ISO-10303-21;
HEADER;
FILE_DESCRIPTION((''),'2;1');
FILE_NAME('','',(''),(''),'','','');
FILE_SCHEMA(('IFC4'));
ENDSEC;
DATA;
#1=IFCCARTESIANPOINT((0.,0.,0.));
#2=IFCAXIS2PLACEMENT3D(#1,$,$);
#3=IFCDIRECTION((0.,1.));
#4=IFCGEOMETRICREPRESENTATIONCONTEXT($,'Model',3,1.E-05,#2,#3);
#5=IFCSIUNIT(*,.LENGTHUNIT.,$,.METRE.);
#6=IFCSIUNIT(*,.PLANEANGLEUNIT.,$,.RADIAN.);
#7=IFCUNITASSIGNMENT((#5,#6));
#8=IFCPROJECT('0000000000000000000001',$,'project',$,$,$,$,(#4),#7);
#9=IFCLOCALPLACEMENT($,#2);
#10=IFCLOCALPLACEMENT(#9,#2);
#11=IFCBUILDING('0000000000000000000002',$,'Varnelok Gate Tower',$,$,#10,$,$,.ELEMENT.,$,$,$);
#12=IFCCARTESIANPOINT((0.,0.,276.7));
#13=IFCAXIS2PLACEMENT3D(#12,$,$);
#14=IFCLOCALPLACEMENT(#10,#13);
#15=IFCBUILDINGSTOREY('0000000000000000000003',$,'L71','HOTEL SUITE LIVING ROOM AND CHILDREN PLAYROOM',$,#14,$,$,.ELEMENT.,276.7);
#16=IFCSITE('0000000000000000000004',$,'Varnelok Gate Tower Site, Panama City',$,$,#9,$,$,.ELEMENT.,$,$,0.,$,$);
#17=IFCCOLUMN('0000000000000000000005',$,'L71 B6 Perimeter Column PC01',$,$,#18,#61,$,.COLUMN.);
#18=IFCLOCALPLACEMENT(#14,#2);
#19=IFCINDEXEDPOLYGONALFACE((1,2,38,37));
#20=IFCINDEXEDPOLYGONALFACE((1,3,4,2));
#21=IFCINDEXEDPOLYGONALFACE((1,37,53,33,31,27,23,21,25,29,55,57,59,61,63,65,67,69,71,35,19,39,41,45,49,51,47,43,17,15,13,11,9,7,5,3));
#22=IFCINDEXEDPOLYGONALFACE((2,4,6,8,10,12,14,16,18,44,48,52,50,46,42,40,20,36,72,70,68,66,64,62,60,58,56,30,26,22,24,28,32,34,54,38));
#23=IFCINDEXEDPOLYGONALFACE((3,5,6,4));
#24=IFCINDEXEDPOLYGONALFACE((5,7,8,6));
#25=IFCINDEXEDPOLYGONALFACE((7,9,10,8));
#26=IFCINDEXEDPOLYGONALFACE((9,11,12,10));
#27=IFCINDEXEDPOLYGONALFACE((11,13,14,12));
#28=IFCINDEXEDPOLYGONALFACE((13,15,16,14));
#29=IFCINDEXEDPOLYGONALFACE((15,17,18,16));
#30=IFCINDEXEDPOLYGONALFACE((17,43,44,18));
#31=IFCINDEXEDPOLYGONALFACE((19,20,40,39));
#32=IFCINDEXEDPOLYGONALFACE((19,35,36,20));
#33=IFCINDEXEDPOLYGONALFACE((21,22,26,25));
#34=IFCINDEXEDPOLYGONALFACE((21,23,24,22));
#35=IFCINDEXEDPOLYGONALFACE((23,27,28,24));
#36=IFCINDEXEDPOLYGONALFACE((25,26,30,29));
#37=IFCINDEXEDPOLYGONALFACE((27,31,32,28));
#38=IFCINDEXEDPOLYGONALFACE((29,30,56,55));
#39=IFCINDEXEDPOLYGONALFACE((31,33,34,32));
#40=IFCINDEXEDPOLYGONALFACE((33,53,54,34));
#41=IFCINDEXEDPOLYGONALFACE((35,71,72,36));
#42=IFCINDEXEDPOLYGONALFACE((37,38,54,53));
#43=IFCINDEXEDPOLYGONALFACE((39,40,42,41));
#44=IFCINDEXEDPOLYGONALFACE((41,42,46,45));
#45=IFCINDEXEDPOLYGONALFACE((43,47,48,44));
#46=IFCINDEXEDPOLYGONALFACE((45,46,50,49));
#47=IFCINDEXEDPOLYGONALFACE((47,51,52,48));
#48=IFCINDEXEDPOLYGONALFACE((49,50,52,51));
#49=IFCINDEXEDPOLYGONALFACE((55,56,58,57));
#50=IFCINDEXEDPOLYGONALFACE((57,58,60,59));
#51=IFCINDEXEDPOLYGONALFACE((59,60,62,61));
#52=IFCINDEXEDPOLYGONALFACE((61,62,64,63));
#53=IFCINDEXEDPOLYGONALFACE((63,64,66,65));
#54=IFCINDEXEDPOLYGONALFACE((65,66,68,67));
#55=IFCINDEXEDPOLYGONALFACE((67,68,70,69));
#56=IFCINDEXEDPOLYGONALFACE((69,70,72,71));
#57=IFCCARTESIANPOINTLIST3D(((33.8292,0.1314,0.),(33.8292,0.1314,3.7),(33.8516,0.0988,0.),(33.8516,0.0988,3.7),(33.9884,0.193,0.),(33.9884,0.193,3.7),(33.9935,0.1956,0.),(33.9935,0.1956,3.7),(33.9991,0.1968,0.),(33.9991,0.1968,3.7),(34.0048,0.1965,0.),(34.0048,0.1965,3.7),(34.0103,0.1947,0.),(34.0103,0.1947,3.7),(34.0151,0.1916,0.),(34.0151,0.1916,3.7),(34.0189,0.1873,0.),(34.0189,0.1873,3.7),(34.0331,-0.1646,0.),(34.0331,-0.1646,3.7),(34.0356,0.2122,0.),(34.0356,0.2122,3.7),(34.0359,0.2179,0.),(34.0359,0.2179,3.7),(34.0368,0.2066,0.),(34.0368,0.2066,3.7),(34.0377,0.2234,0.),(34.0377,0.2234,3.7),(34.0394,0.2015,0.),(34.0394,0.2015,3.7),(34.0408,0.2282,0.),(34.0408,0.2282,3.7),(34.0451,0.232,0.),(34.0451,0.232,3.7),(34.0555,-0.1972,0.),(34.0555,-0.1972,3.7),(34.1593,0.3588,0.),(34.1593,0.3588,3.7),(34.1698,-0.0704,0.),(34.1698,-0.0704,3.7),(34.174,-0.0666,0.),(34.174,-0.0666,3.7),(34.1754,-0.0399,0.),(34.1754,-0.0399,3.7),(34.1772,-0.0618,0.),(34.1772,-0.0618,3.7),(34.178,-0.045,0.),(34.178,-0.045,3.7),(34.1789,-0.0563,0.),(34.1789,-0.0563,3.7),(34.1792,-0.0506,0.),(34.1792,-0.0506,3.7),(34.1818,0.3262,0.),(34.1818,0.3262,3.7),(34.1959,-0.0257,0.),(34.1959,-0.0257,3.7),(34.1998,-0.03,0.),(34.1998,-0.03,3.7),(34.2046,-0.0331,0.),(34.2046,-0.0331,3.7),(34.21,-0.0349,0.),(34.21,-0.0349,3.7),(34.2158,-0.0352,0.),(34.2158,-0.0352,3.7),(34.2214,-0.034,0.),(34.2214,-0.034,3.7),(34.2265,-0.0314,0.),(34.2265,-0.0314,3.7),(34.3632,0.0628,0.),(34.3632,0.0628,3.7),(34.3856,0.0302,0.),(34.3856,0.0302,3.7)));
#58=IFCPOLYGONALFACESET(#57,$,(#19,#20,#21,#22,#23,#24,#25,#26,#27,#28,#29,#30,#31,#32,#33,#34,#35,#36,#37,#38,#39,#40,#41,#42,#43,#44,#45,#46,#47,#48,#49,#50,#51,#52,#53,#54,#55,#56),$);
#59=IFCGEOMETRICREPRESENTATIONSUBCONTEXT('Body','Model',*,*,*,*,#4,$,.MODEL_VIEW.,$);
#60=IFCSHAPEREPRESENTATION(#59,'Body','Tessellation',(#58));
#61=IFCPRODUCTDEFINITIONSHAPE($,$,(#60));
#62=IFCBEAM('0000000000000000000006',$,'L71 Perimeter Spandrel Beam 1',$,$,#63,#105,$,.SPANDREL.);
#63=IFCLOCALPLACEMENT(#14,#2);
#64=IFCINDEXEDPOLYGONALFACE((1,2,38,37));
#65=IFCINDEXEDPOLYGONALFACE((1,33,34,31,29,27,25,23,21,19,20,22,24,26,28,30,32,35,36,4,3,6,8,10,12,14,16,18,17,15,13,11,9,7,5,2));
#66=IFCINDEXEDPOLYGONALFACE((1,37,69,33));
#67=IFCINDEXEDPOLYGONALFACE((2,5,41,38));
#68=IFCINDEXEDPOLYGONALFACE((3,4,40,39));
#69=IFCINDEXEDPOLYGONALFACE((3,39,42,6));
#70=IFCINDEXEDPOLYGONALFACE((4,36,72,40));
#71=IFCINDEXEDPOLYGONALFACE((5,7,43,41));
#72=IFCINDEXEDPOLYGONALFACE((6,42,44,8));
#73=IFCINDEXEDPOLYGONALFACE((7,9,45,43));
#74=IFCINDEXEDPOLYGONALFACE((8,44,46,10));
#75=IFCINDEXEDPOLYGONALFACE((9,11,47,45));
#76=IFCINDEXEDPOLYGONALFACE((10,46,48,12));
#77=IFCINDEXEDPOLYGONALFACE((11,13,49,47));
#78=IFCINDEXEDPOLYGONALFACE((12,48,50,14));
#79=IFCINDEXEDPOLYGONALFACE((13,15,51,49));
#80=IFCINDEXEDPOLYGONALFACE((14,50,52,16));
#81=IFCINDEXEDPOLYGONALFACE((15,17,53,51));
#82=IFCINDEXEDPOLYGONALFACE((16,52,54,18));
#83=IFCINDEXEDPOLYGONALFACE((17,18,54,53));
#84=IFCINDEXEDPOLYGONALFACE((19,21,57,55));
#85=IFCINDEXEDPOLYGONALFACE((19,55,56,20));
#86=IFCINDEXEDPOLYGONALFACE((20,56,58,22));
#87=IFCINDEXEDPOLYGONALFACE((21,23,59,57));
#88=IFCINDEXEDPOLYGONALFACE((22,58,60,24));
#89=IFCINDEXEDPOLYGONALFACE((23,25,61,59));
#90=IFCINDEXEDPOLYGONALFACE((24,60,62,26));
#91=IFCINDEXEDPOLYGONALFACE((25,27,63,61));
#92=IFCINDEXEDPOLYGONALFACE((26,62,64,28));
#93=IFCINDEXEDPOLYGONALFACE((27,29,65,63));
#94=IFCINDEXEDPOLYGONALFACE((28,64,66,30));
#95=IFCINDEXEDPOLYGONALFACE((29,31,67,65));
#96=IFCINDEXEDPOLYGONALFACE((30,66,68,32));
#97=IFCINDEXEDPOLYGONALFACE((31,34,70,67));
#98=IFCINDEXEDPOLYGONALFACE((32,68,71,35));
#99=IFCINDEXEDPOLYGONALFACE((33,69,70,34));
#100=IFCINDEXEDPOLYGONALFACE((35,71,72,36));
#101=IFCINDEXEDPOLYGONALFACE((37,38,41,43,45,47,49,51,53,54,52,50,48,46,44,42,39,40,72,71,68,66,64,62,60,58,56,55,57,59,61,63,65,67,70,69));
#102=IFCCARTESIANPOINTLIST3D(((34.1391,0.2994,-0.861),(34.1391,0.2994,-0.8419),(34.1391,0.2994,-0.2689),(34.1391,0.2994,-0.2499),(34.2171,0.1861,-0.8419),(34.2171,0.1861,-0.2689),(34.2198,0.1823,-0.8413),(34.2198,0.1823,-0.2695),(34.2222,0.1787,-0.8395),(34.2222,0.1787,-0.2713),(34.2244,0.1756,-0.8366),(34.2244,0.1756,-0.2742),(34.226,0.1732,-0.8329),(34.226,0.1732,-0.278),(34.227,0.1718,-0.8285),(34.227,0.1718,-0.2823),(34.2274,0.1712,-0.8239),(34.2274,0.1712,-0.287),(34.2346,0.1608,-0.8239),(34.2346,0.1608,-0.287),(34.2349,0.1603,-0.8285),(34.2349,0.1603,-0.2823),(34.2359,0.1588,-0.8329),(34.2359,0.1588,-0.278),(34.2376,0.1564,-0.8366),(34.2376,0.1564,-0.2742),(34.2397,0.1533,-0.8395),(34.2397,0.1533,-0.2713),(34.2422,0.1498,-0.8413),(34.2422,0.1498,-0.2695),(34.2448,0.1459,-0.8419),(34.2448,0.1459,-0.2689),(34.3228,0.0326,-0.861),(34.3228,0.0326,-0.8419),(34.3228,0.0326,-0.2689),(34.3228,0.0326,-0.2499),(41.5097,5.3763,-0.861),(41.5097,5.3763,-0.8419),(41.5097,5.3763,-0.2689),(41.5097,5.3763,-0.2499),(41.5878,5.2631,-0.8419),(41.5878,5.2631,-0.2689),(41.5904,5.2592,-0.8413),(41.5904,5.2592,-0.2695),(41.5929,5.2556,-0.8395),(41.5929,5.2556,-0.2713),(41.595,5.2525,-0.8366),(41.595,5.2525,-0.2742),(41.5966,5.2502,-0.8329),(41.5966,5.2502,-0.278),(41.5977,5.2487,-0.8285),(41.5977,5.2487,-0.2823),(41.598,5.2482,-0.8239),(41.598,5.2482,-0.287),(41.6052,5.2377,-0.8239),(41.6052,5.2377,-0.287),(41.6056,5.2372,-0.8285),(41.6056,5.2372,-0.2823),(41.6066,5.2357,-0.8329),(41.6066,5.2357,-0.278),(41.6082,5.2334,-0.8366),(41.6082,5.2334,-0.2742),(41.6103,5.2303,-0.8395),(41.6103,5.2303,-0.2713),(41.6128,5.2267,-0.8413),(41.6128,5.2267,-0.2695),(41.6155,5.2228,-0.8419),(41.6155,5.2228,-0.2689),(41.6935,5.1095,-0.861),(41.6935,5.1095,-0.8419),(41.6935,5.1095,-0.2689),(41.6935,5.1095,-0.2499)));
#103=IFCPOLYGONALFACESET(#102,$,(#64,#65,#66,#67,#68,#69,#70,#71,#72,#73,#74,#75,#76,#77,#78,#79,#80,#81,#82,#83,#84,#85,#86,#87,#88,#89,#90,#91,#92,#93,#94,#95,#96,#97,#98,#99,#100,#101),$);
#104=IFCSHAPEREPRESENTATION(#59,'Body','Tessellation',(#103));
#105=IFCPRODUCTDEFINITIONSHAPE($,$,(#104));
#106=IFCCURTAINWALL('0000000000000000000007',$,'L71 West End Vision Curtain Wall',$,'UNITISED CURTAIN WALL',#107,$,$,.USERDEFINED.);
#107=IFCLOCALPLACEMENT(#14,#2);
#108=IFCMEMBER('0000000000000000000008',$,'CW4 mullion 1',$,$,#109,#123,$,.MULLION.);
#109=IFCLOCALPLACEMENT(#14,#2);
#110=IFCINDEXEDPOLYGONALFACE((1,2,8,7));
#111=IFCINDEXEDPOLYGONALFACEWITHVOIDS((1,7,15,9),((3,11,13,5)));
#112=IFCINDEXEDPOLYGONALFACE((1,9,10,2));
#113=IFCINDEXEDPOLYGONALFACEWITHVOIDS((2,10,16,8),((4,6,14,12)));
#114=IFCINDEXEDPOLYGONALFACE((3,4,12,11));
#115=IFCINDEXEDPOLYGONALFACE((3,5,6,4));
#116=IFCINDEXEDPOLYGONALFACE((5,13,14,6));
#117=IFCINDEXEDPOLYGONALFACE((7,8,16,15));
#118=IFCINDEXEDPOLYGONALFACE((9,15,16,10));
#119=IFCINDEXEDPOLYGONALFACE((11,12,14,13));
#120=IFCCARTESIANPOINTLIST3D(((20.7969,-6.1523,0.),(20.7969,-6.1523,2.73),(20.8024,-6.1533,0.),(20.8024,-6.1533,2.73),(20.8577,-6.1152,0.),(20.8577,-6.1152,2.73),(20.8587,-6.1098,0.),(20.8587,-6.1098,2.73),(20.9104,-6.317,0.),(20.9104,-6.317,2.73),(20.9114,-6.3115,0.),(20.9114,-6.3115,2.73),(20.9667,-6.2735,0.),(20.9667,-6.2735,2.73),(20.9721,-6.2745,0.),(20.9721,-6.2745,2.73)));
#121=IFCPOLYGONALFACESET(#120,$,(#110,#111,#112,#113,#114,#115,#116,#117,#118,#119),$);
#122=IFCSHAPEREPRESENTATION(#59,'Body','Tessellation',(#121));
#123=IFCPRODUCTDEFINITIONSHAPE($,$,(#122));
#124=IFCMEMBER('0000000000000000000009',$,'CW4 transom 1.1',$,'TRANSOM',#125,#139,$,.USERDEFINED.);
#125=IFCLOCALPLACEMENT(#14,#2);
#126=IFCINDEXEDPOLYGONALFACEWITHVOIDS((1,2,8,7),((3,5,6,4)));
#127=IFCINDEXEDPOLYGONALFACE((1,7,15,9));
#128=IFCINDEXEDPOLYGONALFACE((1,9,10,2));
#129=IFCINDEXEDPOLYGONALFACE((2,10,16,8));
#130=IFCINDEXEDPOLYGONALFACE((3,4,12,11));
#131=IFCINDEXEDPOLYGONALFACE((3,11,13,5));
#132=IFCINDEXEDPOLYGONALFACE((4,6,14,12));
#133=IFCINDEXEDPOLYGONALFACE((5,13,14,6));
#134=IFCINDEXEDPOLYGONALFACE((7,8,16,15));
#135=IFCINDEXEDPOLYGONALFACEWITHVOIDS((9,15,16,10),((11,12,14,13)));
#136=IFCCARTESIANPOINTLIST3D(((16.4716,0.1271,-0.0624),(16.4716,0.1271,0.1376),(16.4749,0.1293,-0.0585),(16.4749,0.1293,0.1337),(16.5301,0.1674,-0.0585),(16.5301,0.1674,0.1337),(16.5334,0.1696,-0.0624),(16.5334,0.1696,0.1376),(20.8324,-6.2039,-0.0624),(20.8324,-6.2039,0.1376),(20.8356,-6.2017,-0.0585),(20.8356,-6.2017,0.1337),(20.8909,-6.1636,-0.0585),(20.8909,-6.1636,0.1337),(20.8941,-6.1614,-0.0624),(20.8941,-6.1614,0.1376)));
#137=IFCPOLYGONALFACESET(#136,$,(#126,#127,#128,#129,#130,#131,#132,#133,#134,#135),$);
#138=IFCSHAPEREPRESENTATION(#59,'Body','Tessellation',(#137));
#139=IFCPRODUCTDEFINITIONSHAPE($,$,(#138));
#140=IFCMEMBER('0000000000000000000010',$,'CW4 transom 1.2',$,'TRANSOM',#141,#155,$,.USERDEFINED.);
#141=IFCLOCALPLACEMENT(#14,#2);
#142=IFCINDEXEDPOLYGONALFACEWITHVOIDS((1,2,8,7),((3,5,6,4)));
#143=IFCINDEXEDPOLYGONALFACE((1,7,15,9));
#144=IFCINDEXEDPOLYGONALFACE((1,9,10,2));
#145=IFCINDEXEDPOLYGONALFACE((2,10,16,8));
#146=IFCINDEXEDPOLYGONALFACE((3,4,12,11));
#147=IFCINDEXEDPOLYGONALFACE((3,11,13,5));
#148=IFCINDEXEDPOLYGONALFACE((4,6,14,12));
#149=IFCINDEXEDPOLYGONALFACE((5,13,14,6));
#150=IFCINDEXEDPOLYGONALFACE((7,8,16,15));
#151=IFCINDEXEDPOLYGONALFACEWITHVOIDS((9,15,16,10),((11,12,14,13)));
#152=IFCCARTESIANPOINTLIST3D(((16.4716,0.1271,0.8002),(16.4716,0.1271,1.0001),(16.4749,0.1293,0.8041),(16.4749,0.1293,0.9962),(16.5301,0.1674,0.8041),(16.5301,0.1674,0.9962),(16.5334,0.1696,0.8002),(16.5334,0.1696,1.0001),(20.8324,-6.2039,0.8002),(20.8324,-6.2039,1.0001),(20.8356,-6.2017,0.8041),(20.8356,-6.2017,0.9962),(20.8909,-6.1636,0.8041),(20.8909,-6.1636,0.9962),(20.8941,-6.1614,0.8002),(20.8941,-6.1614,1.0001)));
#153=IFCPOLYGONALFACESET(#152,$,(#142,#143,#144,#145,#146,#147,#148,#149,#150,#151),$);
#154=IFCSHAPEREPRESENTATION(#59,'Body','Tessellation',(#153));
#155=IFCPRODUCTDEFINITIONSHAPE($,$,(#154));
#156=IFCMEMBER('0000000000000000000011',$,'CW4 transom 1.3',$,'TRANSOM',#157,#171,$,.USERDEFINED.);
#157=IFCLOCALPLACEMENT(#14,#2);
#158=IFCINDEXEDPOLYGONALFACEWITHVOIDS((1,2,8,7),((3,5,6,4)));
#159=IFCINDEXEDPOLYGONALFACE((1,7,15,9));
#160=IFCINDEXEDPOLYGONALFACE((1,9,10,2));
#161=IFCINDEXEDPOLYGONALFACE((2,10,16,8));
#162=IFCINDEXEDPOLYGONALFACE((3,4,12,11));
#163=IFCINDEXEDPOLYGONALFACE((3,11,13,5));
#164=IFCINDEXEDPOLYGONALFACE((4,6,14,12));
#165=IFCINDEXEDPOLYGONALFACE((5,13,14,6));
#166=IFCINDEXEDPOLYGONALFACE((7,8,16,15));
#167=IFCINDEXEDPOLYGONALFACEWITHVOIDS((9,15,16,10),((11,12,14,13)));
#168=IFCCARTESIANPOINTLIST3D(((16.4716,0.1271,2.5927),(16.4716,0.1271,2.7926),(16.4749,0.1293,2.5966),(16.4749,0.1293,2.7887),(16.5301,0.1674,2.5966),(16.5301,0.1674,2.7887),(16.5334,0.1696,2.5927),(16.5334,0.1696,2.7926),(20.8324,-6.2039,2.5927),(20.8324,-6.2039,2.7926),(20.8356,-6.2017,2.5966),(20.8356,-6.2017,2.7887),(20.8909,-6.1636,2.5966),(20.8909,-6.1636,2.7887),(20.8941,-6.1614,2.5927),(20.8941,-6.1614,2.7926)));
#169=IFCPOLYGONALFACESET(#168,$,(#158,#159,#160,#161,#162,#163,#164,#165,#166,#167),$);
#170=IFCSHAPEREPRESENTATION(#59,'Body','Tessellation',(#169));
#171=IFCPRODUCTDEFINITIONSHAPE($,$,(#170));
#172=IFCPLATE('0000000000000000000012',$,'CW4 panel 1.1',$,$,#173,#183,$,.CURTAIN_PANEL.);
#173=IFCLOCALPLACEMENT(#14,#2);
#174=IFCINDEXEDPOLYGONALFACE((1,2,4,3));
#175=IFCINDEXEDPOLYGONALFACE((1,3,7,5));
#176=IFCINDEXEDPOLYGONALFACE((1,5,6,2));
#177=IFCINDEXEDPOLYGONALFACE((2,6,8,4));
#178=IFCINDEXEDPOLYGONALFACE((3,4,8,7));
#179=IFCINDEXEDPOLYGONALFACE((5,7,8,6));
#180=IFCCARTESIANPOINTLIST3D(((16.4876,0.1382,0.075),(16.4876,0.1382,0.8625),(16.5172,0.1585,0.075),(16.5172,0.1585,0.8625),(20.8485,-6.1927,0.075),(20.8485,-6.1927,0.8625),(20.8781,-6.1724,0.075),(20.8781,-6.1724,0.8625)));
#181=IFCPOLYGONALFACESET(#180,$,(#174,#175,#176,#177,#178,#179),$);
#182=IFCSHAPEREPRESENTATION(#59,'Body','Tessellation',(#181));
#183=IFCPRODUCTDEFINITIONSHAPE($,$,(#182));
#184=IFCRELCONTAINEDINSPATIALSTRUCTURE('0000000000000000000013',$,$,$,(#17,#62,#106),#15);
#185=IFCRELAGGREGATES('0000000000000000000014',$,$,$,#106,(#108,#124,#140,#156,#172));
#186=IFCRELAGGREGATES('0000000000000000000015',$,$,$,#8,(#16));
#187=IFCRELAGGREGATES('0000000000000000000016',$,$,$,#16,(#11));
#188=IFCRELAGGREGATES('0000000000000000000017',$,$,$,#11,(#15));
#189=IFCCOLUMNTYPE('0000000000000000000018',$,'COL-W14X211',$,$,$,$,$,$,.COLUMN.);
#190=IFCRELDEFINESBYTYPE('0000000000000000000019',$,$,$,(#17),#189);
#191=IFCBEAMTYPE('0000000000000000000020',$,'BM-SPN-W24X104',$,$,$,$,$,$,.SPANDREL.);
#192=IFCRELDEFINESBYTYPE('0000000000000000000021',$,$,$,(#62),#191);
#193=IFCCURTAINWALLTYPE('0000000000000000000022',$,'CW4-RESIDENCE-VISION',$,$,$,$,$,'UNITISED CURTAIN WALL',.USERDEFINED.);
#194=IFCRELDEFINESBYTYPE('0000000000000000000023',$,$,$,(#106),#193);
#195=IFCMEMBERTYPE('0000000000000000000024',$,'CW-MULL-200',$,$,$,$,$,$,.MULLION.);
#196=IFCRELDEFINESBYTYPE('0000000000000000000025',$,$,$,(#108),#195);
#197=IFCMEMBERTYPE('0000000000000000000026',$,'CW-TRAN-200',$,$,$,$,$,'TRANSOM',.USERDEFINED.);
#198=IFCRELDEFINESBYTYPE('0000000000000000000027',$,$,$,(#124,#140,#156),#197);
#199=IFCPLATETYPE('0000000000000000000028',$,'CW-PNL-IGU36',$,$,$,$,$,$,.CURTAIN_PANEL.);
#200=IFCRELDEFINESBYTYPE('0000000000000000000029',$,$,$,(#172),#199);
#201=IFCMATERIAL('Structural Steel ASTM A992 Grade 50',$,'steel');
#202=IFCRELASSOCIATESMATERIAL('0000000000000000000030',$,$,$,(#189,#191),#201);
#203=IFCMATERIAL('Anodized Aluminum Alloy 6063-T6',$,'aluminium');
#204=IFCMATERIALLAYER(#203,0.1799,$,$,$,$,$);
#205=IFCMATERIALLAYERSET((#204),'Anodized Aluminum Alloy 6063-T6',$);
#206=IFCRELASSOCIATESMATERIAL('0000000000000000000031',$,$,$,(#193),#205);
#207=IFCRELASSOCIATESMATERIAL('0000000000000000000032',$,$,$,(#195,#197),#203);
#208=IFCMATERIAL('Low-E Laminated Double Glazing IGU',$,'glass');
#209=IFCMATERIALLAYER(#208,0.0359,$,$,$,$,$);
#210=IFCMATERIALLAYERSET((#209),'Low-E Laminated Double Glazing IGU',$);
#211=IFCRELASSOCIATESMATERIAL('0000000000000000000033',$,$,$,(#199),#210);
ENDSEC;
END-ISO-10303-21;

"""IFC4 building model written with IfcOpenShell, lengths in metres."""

from ifc_helpers import new_model, si_unit, direction, frame, origin, origin_2d, place, context, subcontext, project, spatial, rectangle, hollow_rectangle, i_section, extrude, source, transform, mapped, material, layer, layer_set, material_profile, profile_set, type_object, element, aggregate, save


model = new_model("IFC4")

# Units and contexts
model_context = context("Model", 3, precision=1e-05, world=origin(), true_north=direction((0.0, 1.0)))
body_context = subcontext(model_context, "Body", "Model", "MODEL_VIEW")
ifc_project = project(units=[si_unit("LENGTHUNIT", "METRE"), si_unit("PLANEANGLEUNIT", "RADIAN")], contexts=[model_context])

# Site, building, storey
site_placement = place(None, origin())
site = spatial("IfcSite", under=ifc_project, at=site_placement, Name="Varnelok Gate Tower Site, Panama City", CompositionType="ELEMENT", RefElevation=0.0)
building_placement = place(site_placement, origin())
building = spatial("IfcBuilding", under=site, at=building_placement, Name="Varnelok Gate Tower", CompositionType="ELEMENT")
storey_placement = place(building_placement, frame((0.0, 0.0, 276.7)))
storey = spatial("IfcBuildingStorey", under=building, at=storey_placement, Name="L71", Description="HOTEL SUITE LIVING ROOM AND CHILDREN PLAYROOM", CompositionType="ELEMENT", Elevation=276.7)

# Column
ifc_material_1 = material(Name="Structural Steel ASTM A992 Grade 50", Category="steel")
ifc_material_profile_1 = material_profile(ifc_material_1, i_section(OverallWidth=0.4009, OverallDepth=0.3989, WebThickness=0.0249, FlangeThickness=0.0396, FilletRadius=0.022, at=origin_2d()), Name="W14X211")
ifc_profile_set_1 = profile_set([ifc_material_profile_1], Name="Structural Steel ASTM A992 Grade 50")
column_type = type_object("IfcColumnType", Name="COL-W14X211", PredefinedType="COLUMN", material=ifc_profile_set_1)
column_placement = place(storey_placement, frame((34.1074, 0.0808, 0.0), z_axis=(0.0, 0.0, 1.0), x_axis=(0.823533, 0.567269, 0.0)))
element("IfcColumn", 1, at=column_placement, inside=storey, type_object=column_type, Name="L71 B6 Perimeter Column PC01", PredefinedType="COLUMN", context=body_context, shape_type="SweptSolid", body=[
    extrude(i_section(OverallWidth=0.4009, OverallDepth=0.3989, WebThickness=0.0249, FlangeThickness=0.0396, FilletRadius=0.022, at=origin_2d()), origin(), (0.0, 0.0, 1.0), 3.7),
])

# Beam
ifc_material_profile_2 = material_profile(ifc_material_1, i_section(OverallWidth=0.324, OverallDepth=0.6111, WebThickness=0.0127, FlangeThickness=0.019, FilletRadius=0.0181, at=origin_2d()), Name="W24X104")
ifc_profile_set_2 = profile_set([ifc_material_profile_2], Name="Structural Steel ASTM A992 Grade 50")
beam_type = type_object("IfcBeamType", Name="BM-SPN-W24X104", PredefinedType="SPANDREL", material=ifc_profile_set_2)
beam_placement = place(storey_placement, frame((34.231, 0.166, -0.5554), z_axis=(0.82354, 0.567258, 0.0), x_axis=(-0.567258, 0.82354, 0.0)))
element("IfcBeam", 2, at=beam_placement, inside=storey, type_object=beam_type, Name="L71 Perimeter Spandrel Beam 1", PredefinedType="SPANDREL", context=body_context, shape_type="SweptSolid", body=[
    extrude(i_section(OverallWidth=0.324, OverallDepth=0.6111, WebThickness=0.0127, FlangeThickness=0.019, FilletRadius=0.0181, at=origin_2d()), origin(), (0.0, 0.0, 1.0), 8.95),
])

# Curtain wall, members, plate
ifc_material_2 = material(Name="Anodized Aluminum Alloy 6063-T6", Category="aluminium")
ifc_layer_1 = layer(ifc_material_2, 0.1799)
ifc_layer_set_1 = layer_set([ifc_layer_1], Name="Anodized Aluminum Alloy 6063-T6")
curtain_wall_type = type_object("IfcCurtainWallType", Name="CW4-RESIDENCE-VISION", ElementType="UNITISED CURTAIN WALL", PredefinedType="USERDEFINED", material=ifc_layer_set_1)
curtain_wall_placement = place(storey_placement, origin())
curtain_wall = element("IfcCurtainWall", 3, at=curtain_wall_placement, inside=storey, type_object=curtain_wall_type, Name="L71 West End Vision Curtain Wall", ObjectType="UNITISED CURTAIN WALL", PredefinedType="USERDEFINED")
ifc_material_profile_3 = material_profile(ifc_material_2, hollow_rectangle(XDim=0.075, YDim=0.2, WallThickness=0.0039, at=origin_2d()), Name="ALU200X75X4")
ifc_profile_set_3 = profile_set([ifc_material_profile_3], Name="Anodized Aluminum Alloy 6063-T6")
member_type_1 = type_object("IfcMemberType", Name="CW-MULL-200", PredefinedType="MULLION", material=ifc_profile_set_3)
member_1_placement = place(storey_placement, frame((20.8845, -6.2134, 0.0), z_axis=(0.0, 0.0, 1.0), x_axis=(-0.823532, -0.567269, 0.0)))
member_1 = element("IfcMember", 4, at=member_1_placement, type_object=member_type_1, Name="CW4 mullion 1", PredefinedType="MULLION", context=body_context, shape_type="SweptSolid", body=[
    extrude(hollow_rectangle(XDim=0.075, YDim=0.2, WallThickness=0.0039, at=origin_2d()), origin(), (0.0, 0.0, 1.0), 2.73),
])
ifc_material_profile_4 = material_profile(ifc_material_2, hollow_rectangle(XDim=0.075, YDim=0.2, WallThickness=0.0039, at=origin_2d()), Name="ALU200X75X4")
ifc_profile_set_4 = profile_set([ifc_material_profile_4], Name="Anodized Aluminum Alloy 6063-T6")
member_type_2 = type_object("IfcMemberType", Name="CW-TRAN-200", ElementType="TRANSOM", PredefinedType="USERDEFINED", material=ifc_profile_set_4)
member_2_placement = place(storey_placement, frame((20.8633, -6.1826, 0.0376), z_axis=(-0.567256, 0.823541, 0.0), x_axis=(-0.823541, -0.567256, 0.0)))
member_2 = element("IfcMember", 5, at=member_2_placement, type_object=member_type_2, Name="CW4 transom 1.1", ObjectType="TRANSOM", PredefinedType="USERDEFINED", context=body_context, shape_type="SweptSolid", body=[
    extrude(hollow_rectangle(XDim=0.075, YDim=0.2, WallThickness=0.0039, at=origin_2d()), origin(), (0.0, 0.0, 1.0), 7.6875),
])
member_3_placement = place(storey_placement, frame((20.8633, -6.1826, 0.9001), z_axis=(-0.567256, 0.823541, 0.0), x_axis=(-0.823541, -0.567256, 0.0)))
member_3 = element("IfcMember", 6, at=member_3_placement, type_object=member_type_2, Name="CW4 transom 1.2", ObjectType="TRANSOM", PredefinedType="USERDEFINED", context=body_context, shape_type="SweptSolid", body=[
    extrude(hollow_rectangle(XDim=0.075, YDim=0.2, WallThickness=0.0039, at=origin_2d()), origin(), (0.0, 0.0, 1.0), 7.6875),
])
member_4_placement = place(storey_placement, frame((20.8633, -6.1826, 2.6926), z_axis=(-0.567256, 0.823541, 0.0), x_axis=(-0.823541, -0.567256, 0.0)))
member_4 = element("IfcMember", 7, at=member_4_placement, type_object=member_type_2, Name="CW4 transom 1.3", ObjectType="TRANSOM", PredefinedType="USERDEFINED", context=body_context, shape_type="SweptSolid", body=[
    extrude(hollow_rectangle(XDim=0.075, YDim=0.2, WallThickness=0.0039, at=origin_2d()), origin(), (0.0, 0.0, 1.0), 7.6875),
])
ifc_material_3 = material(Name="Low-E Laminated Double Glazing IGU", Category="glass")
ifc_layer_2 = layer(ifc_material_3, 0.0359)
ifc_layer_set_2 = layer_set([ifc_layer_2], Name="Low-E Laminated Double Glazing IGU")
plate_type = type_object("IfcPlateType", Name="CW-PNL-IGU36", PredefinedType="CURTAIN_PANEL", material=ifc_layer_set_2)
shared_shape_1 = source(origin(), body_context, "Body", "SweptSolid", [
    extrude(rectangle(XDim=7.6875, YDim=0.0359, at=origin_2d()), origin(), (0.0, 0.0, 1.0), 0.7876),
])
plate_1_placement = place(storey_placement, frame((18.6829, -3.0171, 0.075), z_axis=(0.0, 0.0, 1.0), x_axis=(-0.567269, 0.823532, 0.0)))
plate_1 = element("IfcPlate", 8, at=plate_1_placement, type_object=plate_type, Name="CW4 panel 1.1", PredefinedType="CURTAIN_PANEL", context=body_context, shape_type="MappedRepresentation", body=[
    mapped(shared_shape_1, transform((0.0, 0.0, 0.0), scale=1.0)),
])
aggregate(curtain_wall, [member_1, member_2, member_3, member_4, plate_1])

save(model, "model.ifc")
